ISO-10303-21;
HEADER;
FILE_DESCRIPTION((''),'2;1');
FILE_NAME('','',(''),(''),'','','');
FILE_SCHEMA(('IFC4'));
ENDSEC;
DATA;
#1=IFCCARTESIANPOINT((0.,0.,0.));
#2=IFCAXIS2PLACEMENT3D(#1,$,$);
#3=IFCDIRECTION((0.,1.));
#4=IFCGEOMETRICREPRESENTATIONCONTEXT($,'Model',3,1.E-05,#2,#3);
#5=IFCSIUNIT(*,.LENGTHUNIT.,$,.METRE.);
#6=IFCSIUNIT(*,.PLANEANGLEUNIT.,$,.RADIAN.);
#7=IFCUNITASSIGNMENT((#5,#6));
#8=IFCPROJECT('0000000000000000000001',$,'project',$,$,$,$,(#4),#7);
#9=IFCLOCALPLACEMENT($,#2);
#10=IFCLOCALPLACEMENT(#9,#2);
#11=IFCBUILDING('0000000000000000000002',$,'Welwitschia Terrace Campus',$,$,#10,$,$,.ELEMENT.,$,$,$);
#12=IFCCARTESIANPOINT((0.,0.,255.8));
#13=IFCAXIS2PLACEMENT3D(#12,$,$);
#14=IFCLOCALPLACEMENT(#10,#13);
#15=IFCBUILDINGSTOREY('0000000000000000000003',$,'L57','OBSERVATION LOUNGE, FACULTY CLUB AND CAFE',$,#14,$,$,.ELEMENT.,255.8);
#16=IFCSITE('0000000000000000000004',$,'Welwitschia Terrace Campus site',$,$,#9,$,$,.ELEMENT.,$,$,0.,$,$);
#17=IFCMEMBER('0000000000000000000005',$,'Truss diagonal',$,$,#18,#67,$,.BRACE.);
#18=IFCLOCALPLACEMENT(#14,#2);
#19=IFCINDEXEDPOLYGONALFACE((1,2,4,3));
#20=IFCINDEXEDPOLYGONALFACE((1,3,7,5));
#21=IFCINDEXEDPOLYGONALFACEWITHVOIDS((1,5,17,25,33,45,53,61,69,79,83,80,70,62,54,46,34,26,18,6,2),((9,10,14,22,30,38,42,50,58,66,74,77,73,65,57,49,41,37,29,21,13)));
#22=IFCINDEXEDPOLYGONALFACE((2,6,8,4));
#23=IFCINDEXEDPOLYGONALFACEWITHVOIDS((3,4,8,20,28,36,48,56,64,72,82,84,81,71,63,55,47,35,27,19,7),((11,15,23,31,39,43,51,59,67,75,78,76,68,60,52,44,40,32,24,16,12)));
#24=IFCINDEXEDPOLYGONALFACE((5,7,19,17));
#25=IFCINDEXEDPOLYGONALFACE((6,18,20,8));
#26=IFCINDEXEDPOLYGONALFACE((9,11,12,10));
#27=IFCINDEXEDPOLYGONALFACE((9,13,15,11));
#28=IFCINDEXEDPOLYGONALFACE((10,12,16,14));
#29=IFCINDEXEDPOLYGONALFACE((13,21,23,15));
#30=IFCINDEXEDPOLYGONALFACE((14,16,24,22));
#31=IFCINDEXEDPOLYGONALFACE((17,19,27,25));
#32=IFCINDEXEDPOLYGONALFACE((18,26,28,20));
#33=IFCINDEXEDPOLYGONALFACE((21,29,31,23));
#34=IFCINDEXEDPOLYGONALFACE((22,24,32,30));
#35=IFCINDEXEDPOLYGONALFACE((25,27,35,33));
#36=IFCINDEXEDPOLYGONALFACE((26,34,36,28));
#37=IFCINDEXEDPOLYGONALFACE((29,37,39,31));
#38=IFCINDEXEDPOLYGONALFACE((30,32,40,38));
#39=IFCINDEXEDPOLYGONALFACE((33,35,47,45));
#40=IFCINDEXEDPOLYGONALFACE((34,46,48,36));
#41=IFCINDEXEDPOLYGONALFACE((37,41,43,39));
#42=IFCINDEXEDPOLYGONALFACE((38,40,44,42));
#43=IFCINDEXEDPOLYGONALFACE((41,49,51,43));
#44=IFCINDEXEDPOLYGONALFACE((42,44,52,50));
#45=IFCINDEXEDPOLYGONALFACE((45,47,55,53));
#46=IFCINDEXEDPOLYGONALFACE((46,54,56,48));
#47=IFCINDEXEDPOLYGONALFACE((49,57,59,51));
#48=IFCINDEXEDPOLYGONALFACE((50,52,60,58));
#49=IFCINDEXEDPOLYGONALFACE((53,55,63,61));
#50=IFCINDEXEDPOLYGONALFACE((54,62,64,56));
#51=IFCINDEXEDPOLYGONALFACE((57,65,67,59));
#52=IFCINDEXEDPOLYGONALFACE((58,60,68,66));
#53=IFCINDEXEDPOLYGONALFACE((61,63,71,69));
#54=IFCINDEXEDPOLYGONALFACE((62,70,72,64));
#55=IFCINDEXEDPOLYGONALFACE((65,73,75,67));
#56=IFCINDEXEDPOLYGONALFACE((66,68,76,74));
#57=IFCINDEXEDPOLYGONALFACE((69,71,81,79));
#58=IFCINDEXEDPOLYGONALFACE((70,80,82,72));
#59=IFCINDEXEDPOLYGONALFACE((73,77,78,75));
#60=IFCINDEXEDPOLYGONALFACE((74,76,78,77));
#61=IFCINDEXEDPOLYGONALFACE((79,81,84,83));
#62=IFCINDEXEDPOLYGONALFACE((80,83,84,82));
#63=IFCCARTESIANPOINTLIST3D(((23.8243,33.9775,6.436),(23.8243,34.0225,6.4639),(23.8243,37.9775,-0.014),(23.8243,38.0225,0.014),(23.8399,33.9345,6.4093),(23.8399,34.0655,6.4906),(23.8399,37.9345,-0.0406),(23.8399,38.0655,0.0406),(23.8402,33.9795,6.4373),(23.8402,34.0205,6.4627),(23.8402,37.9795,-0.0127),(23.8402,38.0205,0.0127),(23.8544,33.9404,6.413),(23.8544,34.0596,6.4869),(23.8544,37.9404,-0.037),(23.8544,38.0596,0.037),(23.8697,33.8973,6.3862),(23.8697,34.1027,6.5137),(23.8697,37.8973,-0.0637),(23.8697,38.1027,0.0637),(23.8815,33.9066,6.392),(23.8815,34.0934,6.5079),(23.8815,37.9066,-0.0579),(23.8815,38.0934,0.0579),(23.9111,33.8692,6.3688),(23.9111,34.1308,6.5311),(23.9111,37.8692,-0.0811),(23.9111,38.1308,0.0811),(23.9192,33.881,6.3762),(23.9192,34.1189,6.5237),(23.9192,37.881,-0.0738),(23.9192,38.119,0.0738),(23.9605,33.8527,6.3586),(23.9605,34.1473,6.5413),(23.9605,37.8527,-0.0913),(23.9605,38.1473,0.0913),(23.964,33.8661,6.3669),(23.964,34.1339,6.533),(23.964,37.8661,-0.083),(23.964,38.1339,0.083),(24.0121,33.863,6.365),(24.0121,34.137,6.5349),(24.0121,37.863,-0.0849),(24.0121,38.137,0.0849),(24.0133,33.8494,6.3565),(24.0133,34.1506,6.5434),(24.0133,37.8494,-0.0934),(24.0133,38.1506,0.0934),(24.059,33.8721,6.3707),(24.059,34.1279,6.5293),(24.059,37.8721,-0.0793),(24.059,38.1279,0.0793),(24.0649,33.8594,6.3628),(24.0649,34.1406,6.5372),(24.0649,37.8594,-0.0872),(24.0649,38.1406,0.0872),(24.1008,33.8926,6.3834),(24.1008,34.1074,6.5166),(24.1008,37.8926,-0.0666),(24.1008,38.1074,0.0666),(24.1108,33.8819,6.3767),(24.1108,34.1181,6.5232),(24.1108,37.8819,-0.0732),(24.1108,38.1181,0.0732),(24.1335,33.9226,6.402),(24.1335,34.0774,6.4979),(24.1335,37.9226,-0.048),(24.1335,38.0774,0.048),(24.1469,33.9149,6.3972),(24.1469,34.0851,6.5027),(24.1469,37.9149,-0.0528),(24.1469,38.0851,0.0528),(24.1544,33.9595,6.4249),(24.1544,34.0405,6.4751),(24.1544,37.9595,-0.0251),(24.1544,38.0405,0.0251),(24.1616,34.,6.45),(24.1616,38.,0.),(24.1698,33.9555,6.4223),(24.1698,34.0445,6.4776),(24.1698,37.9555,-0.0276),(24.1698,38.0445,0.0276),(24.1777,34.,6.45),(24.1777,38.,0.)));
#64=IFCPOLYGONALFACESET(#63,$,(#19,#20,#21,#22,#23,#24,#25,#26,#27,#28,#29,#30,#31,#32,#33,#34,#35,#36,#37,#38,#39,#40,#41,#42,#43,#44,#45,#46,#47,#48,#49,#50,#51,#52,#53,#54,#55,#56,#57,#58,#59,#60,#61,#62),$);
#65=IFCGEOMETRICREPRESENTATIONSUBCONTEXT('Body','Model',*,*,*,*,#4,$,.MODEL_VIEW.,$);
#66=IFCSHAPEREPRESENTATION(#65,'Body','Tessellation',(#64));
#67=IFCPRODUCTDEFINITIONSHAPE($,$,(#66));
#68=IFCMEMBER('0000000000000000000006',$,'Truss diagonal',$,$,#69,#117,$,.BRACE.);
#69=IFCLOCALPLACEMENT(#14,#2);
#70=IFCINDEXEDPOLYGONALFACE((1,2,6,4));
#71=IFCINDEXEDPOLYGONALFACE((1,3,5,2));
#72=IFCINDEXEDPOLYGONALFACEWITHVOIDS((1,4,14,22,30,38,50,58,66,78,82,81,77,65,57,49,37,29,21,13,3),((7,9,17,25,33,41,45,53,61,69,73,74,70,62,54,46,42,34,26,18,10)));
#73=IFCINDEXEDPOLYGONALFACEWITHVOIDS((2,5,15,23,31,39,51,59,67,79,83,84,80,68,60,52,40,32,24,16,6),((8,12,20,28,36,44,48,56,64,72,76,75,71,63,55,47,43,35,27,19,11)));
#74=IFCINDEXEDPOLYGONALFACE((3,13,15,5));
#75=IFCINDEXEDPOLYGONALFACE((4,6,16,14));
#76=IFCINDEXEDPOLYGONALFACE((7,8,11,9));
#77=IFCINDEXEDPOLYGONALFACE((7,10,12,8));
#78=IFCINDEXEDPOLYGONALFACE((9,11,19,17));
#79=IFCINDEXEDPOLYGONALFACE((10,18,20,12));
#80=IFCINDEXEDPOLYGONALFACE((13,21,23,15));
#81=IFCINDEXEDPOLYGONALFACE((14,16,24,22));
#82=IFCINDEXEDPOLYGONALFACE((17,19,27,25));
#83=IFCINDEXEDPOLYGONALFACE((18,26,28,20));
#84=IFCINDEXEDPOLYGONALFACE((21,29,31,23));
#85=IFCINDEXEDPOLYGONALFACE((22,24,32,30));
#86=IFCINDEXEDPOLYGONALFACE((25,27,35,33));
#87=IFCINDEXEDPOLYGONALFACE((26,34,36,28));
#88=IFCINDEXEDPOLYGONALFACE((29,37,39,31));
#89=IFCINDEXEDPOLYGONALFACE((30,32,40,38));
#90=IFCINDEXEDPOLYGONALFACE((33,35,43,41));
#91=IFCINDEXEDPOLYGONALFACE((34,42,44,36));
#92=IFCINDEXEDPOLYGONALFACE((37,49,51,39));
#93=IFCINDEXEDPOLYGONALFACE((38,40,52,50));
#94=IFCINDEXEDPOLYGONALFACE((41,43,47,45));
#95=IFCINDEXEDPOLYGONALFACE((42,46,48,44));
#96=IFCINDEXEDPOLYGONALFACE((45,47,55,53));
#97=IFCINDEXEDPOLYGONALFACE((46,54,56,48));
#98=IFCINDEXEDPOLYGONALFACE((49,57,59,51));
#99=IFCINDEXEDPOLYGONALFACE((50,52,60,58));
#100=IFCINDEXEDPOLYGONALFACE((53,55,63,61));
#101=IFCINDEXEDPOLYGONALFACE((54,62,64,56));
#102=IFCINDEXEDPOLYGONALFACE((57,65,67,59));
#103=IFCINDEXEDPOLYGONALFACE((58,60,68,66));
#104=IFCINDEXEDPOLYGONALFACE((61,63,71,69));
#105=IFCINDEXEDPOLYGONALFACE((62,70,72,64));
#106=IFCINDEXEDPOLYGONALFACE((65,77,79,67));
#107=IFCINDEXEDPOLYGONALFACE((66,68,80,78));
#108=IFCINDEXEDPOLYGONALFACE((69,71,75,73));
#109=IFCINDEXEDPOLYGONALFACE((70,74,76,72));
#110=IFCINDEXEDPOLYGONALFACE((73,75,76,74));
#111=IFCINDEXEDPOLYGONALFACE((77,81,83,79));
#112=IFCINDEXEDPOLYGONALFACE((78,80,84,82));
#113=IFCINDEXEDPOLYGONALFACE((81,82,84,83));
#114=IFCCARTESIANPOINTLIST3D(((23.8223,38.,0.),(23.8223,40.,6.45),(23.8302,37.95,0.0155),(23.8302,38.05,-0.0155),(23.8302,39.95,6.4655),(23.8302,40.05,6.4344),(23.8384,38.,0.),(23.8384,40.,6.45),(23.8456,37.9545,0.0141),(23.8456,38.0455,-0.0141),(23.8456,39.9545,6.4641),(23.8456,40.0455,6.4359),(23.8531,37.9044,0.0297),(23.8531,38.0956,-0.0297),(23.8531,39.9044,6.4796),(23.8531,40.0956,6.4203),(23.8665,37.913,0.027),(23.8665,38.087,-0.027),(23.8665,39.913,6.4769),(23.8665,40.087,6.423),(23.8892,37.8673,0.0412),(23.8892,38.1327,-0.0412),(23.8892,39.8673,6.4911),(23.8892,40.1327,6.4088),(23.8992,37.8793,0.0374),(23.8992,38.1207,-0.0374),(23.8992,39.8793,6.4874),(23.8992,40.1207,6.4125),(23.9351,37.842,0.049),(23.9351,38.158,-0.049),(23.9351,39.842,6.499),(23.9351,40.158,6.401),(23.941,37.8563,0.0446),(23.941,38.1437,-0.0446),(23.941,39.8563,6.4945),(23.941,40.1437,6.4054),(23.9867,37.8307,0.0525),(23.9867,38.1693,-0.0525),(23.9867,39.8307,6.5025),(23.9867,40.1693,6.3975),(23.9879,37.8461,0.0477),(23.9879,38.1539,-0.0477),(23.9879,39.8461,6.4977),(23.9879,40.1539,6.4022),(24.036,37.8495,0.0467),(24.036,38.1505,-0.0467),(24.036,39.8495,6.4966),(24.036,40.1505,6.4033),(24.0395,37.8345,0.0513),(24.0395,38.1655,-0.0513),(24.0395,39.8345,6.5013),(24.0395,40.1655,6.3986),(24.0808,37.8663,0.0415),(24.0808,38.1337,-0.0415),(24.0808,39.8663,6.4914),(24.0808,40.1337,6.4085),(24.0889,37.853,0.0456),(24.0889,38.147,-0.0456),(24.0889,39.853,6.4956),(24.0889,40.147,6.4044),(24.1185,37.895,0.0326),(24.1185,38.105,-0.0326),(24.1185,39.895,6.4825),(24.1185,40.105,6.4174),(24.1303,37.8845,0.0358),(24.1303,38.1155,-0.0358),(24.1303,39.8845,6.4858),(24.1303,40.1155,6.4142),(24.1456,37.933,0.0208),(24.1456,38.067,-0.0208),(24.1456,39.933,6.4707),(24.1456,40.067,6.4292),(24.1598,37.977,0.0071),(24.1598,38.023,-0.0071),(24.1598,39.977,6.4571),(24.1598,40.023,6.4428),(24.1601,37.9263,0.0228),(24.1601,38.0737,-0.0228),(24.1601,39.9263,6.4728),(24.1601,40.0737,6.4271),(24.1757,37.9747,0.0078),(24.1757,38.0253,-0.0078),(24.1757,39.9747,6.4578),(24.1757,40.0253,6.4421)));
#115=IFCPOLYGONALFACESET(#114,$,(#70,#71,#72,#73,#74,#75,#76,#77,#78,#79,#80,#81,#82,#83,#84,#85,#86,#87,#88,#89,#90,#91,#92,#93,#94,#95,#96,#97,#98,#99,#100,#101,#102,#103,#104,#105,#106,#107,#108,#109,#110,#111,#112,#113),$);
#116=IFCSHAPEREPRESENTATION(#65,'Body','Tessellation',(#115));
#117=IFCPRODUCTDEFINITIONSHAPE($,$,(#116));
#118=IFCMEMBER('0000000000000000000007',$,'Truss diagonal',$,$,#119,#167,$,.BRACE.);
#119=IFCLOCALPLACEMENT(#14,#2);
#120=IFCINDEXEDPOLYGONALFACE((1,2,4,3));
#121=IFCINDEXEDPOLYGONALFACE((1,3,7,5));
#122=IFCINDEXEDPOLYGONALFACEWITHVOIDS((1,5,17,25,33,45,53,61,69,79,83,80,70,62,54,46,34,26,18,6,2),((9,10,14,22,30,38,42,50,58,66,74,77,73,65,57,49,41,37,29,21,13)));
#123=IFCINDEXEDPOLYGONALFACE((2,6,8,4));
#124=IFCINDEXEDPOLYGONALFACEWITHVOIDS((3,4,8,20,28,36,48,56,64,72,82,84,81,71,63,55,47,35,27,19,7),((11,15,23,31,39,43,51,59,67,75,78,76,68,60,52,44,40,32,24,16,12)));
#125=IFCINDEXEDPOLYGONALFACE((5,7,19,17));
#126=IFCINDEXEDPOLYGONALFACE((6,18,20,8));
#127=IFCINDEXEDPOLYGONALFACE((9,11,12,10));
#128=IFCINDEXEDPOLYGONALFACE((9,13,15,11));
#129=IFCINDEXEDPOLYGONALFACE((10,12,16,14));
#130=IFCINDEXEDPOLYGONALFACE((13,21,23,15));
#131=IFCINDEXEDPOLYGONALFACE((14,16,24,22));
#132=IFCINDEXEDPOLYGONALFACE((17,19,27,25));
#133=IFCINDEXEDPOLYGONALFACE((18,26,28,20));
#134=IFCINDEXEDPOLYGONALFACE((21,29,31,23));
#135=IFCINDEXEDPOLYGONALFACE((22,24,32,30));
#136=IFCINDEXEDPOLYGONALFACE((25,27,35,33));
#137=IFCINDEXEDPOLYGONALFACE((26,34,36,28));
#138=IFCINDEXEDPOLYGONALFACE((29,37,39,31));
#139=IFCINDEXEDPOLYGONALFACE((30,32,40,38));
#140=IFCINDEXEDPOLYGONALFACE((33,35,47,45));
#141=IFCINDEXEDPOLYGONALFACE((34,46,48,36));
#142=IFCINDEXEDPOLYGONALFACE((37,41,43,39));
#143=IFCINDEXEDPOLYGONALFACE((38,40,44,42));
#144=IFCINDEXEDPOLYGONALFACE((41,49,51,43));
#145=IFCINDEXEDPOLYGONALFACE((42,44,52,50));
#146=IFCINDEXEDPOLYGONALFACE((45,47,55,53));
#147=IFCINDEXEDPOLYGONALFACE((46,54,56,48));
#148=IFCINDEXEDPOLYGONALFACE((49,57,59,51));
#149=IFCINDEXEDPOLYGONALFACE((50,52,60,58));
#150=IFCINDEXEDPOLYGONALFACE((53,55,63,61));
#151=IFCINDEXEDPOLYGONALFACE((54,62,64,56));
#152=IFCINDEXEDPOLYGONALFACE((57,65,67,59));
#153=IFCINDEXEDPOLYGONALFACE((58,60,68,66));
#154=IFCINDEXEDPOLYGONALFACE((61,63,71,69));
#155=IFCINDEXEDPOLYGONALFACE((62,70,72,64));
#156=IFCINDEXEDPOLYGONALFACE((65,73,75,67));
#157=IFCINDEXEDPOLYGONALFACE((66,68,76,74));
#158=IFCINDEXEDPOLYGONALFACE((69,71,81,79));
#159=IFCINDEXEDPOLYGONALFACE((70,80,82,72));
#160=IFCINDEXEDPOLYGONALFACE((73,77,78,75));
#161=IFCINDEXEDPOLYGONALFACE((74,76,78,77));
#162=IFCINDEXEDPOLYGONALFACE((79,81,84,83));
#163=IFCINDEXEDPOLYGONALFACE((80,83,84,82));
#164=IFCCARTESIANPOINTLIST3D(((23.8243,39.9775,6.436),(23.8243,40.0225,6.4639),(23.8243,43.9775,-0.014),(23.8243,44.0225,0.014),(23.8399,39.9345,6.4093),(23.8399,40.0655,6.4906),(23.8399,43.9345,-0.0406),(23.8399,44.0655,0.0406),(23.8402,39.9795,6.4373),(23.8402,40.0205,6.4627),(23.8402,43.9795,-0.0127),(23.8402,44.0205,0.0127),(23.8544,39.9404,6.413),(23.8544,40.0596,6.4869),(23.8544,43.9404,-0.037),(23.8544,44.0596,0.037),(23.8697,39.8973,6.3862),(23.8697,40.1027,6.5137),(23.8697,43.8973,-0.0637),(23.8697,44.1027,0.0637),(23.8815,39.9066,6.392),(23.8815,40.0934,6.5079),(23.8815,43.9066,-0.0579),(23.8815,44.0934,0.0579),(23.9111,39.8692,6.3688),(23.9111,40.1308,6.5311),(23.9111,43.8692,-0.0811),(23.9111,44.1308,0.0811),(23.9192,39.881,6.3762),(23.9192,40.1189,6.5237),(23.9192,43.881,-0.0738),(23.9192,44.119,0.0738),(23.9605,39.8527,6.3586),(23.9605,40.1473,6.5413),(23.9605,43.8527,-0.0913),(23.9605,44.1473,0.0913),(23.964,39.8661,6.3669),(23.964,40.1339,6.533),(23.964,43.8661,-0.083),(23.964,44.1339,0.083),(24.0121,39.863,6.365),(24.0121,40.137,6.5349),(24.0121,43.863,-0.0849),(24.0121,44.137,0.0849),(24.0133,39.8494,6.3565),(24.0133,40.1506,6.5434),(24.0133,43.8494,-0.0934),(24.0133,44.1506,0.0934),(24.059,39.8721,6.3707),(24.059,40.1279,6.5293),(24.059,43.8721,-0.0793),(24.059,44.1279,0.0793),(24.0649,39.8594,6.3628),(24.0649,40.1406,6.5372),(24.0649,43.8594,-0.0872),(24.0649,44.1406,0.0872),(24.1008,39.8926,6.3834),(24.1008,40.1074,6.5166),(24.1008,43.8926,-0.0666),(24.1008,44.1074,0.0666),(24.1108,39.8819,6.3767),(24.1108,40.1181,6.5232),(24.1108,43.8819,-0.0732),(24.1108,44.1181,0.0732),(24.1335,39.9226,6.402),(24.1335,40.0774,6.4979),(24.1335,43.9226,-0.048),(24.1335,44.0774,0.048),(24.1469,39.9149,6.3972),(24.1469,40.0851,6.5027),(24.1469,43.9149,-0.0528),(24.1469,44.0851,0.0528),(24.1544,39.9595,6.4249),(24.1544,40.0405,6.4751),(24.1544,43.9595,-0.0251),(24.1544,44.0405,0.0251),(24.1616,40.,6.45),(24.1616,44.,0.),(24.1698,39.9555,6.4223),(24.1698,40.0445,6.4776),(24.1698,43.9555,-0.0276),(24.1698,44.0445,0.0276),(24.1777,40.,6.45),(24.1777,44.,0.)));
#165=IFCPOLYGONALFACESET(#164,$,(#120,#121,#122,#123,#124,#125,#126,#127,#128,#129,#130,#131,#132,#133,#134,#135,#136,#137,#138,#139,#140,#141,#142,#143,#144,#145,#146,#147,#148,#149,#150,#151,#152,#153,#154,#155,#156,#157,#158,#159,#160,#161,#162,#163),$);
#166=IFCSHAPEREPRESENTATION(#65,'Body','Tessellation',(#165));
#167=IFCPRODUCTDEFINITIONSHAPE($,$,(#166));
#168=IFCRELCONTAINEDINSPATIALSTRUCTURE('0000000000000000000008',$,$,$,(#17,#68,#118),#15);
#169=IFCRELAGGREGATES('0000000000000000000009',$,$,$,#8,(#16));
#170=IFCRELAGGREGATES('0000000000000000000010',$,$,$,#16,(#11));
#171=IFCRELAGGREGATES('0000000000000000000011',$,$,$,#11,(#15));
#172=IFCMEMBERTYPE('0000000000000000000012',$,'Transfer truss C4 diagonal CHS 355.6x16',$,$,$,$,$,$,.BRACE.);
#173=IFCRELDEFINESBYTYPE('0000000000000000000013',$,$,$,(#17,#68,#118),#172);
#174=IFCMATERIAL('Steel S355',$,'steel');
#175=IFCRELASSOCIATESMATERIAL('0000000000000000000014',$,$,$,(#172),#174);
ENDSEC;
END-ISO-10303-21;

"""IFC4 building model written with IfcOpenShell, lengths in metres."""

from ifc_helpers import new_model, si_unit, direction, frame, origin, origin_2d, place, context, subcontext, project, spatial, hollow_circle, extrude, material, material_profile, profile_set, type_object, element, save


model = new_model("IFC4")

# Units and contexts
model_context = context("Model", 3, precision=1e-05, world=origin(), true_north=direction((0.0, 1.0)))
body_context = subcontext(model_context, "Body", "Model", "MODEL_VIEW")
ifc_project = project(units=[si_unit("LENGTHUNIT", "METRE"), si_unit("PLANEANGLEUNIT", "RADIAN")], contexts=[model_context])

# Site, building, storey
site_placement = place(None, origin())
site = spatial("IfcSite", under=ifc_project, at=site_placement, Name="Welwitschia Terrace Campus site", CompositionType="ELEMENT", RefElevation=0.0)
building_placement = place(site_placement, origin())
building = spatial("IfcBuilding", under=site, at=building_placement, Name="Welwitschia Terrace Campus", CompositionType="ELEMENT")
storey_placement = place(building_placement, frame((0.0, 0.0, 255.8)))
storey = spatial("IfcBuildingStorey", under=building, at=storey_placement, Name="L57", Description="OBSERVATION LOUNGE, FACULTY CLUB AND CAFE", CompositionType="ELEMENT", Elevation=255.8)

# Members
ifc_material_1 = material(Name="Steel S355", Category="steel")
ifc_material_profile_1 = material_profile(ifc_material_1, hollow_circle(Radius=0.1777, WallThickness=0.0161, at=origin_2d()))
ifc_profile_set_1 = profile_set([ifc_material_profile_1], Name="Steel S355")
member_type_1 = type_object("IfcMemberType", Name="Transfer truss C4 diagonal CHS 355.6x16", PredefinedType="BRACE", material=ifc_profile_set_1)
for number, where, z_axis, x_axis, name in (
    (1, (24.0, 38.0, 0.0), (0.0, -0.527038, 0.849842), (1.0, 0.0, 0.0), "Truss diagonal"),
):
    element("IfcMember", number, at=place(storey_placement, frame(where, z_axis=z_axis, x_axis=x_axis)), inside=storey, type_object=member_type_1, Name=name, PredefinedType="BRACE", context=body_context, shape_type="SweptSolid", body=[
        extrude(hollow_circle(Radius=0.1777, WallThickness=0.0161, at=origin_2d()), origin(), (0.0, 0.0, 1.0), 7.5896),
    ])
member_1_placement = place(storey_placement, frame((24.0, 38.0, 0.0), z_axis=(0.0, 0.296168, 0.955136), x_axis=(-1.0, 0.0, 0.0)))
element("IfcMember", 2, at=member_1_placement, inside=storey, type_object=member_type_1, Name="Truss diagonal", PredefinedType="BRACE", context=body_context, shape_type="SweptSolid", body=[
    extrude(hollow_circle(Radius=0.1777, WallThickness=0.0161, at=origin_2d()), origin(), (0.0, 0.0, 1.0), 6.7529),
])
member_2_placement = place(storey_placement, frame((24.0, 44.0, 0.0), z_axis=(0.0, -0.527038, 0.849842), x_axis=(1.0, 0.0, 0.0)))
element("IfcMember", 3, at=member_2_placement, inside=storey, type_object=member_type_1, Name="Truss diagonal", PredefinedType="BRACE", context=body_context, shape_type="SweptSolid", body=[
    extrude(hollow_circle(Radius=0.1777, WallThickness=0.0161, at=origin_2d()), origin(), (0.0, 0.0, 1.0), 7.5896),
])

save(model, "model.ifc")
